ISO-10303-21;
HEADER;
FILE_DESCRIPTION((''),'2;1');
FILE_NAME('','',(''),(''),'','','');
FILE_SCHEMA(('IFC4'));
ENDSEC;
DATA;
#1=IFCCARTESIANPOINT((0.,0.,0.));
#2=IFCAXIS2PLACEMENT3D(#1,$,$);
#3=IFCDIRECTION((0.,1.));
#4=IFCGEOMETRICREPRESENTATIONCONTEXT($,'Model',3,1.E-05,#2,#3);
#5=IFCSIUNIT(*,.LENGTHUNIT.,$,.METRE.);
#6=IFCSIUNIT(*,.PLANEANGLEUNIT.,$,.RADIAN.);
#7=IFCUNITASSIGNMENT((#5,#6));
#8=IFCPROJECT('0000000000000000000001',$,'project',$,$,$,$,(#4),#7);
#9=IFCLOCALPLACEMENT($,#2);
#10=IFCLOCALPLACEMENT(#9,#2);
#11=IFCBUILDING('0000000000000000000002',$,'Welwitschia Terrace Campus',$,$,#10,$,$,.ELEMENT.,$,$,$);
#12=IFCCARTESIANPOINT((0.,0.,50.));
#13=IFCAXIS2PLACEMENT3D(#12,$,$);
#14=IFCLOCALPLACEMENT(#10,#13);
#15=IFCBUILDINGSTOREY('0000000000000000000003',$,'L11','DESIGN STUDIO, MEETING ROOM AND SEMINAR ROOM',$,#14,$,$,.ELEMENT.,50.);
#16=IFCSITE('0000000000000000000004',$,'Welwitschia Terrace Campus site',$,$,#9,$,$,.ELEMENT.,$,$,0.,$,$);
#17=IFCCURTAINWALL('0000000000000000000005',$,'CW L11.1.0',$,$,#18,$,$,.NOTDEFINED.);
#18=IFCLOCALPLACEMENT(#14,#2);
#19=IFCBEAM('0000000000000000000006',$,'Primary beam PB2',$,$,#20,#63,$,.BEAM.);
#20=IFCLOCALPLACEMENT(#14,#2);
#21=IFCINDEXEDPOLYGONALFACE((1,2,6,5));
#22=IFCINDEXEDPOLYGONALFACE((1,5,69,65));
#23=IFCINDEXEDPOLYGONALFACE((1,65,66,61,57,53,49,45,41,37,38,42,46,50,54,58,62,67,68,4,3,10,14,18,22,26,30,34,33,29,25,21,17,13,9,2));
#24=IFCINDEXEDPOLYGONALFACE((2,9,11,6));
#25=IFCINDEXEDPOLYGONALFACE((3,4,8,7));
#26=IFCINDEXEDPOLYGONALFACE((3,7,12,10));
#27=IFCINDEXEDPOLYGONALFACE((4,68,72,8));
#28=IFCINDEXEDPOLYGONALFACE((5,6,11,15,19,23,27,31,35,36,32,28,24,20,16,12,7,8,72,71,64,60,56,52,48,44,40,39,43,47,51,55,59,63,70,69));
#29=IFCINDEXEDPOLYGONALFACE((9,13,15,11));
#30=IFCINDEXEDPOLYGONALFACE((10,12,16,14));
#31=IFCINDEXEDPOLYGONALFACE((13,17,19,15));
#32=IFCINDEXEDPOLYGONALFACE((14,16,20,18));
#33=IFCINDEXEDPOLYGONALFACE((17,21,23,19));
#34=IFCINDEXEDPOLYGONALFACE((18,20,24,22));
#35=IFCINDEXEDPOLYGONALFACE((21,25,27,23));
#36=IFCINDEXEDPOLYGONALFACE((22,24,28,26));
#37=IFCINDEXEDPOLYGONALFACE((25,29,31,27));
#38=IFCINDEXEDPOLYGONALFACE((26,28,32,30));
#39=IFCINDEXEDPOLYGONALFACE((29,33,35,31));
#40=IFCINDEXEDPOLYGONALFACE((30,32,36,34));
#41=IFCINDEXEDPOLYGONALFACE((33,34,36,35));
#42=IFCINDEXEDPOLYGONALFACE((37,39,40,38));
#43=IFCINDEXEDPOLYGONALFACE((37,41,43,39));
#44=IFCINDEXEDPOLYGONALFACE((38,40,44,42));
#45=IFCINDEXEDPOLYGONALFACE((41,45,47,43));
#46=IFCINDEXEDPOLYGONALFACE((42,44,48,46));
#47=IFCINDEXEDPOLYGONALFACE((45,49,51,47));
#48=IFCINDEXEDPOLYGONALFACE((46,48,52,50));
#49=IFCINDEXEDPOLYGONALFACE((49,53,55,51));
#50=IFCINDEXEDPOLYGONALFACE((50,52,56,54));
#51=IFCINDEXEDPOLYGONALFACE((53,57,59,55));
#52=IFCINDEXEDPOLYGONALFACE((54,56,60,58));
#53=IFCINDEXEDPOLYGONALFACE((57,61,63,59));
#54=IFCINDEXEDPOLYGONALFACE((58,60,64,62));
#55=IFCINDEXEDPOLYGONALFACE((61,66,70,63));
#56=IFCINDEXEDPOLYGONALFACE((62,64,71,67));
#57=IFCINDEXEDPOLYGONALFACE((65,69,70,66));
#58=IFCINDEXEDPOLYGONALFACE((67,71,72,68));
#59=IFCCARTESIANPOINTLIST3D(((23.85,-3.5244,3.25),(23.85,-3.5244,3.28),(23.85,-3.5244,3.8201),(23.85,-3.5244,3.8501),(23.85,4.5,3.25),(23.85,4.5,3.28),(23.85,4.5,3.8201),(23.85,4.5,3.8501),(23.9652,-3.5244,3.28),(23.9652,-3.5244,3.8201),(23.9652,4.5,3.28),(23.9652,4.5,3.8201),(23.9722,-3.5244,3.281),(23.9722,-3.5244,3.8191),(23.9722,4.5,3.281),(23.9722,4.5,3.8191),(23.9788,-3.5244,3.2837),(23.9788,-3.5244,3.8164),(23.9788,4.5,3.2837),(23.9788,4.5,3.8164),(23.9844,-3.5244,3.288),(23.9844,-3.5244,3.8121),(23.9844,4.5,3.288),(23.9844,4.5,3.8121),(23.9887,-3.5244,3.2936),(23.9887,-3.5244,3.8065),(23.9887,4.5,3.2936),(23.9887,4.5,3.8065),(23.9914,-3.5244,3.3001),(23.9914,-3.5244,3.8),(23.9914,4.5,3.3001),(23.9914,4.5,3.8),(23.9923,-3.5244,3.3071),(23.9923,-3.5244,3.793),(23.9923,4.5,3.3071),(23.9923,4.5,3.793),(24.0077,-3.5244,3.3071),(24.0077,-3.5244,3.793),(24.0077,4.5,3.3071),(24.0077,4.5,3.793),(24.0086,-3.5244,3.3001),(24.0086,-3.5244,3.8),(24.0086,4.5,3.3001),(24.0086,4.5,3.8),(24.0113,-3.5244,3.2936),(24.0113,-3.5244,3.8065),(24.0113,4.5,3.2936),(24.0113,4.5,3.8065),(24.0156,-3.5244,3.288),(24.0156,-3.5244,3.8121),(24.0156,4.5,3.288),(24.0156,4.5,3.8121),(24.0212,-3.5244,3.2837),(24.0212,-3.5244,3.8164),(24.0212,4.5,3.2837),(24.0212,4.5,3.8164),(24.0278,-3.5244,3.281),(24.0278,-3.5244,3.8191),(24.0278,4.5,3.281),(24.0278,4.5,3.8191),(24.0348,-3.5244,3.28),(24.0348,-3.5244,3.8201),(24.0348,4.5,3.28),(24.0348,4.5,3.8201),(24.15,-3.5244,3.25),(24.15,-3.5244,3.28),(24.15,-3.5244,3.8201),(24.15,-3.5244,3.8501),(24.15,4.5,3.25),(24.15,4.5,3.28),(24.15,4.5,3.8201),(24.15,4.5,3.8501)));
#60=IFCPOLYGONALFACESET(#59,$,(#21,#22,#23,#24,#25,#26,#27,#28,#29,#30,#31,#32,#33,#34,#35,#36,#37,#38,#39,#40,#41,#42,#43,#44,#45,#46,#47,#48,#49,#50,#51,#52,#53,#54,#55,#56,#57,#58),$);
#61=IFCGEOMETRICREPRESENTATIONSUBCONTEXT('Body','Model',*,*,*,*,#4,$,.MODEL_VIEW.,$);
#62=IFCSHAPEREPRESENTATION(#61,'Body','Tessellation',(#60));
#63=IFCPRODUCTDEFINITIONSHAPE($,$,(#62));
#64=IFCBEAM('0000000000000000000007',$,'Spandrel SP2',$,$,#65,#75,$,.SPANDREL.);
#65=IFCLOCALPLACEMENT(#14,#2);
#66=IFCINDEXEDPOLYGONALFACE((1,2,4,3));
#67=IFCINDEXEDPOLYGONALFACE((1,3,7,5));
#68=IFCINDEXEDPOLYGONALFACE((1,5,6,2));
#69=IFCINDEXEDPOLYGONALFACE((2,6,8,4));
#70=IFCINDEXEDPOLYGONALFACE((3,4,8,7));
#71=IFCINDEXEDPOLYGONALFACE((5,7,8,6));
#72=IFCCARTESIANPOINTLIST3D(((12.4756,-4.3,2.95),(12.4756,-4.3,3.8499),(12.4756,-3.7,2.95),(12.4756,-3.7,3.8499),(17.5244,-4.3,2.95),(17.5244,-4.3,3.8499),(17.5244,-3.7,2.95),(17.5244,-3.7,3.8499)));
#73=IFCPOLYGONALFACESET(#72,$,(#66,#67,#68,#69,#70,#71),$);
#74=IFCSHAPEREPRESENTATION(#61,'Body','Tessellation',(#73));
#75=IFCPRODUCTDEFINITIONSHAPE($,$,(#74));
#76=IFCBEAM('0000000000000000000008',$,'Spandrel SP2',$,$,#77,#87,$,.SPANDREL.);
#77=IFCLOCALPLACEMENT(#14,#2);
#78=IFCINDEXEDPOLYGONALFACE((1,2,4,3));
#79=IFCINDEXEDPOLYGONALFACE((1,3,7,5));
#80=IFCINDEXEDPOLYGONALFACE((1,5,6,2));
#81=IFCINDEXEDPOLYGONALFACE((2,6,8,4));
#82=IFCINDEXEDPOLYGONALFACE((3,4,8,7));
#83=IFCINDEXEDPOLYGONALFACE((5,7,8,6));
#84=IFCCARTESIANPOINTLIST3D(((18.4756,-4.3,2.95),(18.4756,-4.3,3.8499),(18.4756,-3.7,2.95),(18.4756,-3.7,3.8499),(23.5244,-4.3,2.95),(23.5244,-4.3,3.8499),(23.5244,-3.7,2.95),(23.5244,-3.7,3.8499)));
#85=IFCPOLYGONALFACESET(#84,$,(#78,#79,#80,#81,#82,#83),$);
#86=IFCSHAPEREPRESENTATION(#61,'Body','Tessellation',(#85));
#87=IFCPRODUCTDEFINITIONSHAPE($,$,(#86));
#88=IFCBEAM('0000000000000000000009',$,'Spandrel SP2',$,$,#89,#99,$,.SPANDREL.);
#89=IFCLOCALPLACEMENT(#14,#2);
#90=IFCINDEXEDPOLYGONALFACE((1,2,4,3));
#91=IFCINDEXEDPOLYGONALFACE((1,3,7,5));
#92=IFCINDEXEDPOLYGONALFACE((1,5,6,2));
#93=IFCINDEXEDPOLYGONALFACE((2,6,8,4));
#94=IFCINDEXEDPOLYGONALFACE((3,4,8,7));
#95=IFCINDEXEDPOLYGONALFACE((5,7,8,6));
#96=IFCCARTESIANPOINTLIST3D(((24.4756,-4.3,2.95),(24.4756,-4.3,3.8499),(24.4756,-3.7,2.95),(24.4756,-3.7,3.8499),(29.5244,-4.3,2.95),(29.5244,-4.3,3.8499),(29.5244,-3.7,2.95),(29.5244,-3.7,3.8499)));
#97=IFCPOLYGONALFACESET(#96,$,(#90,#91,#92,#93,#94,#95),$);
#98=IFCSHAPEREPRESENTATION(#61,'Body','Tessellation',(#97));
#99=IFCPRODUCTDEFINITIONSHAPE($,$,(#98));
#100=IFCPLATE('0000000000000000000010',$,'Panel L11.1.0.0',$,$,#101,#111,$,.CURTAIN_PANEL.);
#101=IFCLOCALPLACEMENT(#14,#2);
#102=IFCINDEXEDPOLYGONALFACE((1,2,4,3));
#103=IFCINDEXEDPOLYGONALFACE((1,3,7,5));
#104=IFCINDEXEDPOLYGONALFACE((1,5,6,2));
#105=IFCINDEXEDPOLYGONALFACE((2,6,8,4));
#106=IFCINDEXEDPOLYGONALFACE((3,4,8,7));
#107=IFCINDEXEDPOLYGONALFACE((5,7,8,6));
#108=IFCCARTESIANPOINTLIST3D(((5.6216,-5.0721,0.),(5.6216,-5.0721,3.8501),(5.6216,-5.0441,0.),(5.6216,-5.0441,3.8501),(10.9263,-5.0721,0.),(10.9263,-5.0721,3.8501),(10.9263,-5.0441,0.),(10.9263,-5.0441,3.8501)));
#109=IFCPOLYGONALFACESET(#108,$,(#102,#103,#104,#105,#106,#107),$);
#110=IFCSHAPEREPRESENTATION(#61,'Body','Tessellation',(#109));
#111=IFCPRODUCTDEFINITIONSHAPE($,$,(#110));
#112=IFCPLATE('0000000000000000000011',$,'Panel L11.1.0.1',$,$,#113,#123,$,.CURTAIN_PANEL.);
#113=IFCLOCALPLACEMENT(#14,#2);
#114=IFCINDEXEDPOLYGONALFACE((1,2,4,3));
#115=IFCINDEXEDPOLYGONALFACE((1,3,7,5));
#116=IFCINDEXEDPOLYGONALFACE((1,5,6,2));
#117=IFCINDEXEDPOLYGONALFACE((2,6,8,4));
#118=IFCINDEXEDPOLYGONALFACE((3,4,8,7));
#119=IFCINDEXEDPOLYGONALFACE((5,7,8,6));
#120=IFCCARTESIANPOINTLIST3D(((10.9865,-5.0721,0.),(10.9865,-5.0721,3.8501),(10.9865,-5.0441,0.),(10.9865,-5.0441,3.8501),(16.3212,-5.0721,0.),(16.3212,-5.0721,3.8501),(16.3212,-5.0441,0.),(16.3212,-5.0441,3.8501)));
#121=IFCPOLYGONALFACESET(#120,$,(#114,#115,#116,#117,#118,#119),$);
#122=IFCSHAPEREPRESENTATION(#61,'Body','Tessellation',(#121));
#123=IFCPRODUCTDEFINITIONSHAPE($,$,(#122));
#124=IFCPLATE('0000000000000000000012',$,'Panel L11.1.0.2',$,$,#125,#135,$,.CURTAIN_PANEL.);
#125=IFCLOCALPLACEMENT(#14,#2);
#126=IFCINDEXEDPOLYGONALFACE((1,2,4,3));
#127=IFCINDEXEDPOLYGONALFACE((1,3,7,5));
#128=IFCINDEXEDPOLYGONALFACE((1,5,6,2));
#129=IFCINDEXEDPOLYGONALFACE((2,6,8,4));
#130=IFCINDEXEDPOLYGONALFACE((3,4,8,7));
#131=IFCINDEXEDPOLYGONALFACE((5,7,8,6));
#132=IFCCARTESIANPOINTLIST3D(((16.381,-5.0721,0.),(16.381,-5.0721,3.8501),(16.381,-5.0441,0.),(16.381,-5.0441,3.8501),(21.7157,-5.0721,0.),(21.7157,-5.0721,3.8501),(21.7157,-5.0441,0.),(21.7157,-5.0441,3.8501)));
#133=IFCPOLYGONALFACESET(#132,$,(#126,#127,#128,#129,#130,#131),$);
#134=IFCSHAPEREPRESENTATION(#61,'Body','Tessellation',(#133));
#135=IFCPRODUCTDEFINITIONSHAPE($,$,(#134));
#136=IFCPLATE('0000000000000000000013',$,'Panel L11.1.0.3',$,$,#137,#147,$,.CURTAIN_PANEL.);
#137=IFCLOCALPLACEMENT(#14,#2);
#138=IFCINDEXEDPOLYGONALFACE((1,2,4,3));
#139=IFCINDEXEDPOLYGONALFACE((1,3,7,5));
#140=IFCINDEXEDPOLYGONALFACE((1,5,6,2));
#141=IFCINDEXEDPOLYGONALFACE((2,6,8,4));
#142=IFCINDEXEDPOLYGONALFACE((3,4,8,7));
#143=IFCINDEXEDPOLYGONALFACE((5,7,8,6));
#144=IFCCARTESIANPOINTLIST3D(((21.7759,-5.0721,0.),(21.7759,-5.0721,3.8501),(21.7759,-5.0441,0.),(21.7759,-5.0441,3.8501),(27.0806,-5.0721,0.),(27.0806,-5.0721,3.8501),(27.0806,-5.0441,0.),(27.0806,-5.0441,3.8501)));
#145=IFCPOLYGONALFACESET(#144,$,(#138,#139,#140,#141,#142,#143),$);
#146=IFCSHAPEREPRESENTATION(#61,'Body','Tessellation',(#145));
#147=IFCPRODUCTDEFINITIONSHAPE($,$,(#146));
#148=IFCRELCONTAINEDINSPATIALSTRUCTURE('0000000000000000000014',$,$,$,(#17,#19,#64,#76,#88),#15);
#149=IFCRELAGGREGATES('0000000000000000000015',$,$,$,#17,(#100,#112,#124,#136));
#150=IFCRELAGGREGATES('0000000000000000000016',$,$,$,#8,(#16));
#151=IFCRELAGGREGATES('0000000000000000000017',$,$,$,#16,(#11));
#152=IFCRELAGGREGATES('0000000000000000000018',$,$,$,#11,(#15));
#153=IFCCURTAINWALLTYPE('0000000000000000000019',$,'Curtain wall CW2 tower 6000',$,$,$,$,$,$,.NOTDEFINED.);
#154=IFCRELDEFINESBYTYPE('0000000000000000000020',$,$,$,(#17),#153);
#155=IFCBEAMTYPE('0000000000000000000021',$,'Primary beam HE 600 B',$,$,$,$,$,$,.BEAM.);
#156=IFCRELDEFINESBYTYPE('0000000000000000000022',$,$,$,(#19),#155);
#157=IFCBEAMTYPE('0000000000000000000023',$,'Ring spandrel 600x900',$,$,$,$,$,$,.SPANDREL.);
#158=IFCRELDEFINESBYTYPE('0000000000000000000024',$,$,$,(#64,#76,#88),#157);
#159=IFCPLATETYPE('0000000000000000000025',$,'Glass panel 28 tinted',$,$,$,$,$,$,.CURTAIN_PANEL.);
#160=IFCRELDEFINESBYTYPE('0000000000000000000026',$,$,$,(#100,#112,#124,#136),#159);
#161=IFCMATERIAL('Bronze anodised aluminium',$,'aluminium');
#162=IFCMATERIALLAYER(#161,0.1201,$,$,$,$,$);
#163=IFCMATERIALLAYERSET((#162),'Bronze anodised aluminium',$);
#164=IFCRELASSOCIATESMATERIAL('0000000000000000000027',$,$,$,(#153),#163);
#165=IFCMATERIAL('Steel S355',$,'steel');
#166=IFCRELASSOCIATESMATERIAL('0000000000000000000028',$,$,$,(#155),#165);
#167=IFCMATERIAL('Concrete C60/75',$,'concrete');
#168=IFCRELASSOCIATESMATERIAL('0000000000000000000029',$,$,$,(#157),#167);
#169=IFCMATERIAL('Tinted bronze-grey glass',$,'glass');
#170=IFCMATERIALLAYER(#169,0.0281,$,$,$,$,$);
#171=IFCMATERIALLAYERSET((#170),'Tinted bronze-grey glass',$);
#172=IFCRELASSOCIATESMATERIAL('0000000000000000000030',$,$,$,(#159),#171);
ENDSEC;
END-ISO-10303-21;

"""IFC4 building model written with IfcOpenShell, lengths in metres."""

from ifc_helpers import new_model, si_unit, direction, frame, origin, origin_2d, place, context, subcontext, project, spatial, rectangle, i_section, extrude, material, layer, layer_set, material_profile, profile_set, type_object, element, aggregate, save


model = new_model("IFC4")

# Units and contexts
model_context = context("Model", 3, precision=1e-05, world=origin(), true_north=direction((0.0, 1.0)))
body_context = subcontext(model_context, "Body", "Model", "MODEL_VIEW")
ifc_project = project(units=[si_unit("LENGTHUNIT", "METRE"), si_unit("PLANEANGLEUNIT", "RADIAN")], contexts=[model_context])

# Site, building, storey
site_placement = place(None, origin())
site = spatial("IfcSite", under=ifc_project, at=site_placement, Name="Welwitschia Terrace Campus site", CompositionType="ELEMENT", RefElevation=0.0)
building_placement = place(site_placement, origin())
building = spatial("IfcBuilding", under=site, at=building_placement, Name="Welwitschia Terrace Campus", CompositionType="ELEMENT")
storey_placement = place(building_placement, frame((0.0, 0.0, 50.0)))
storey = spatial("IfcBuildingStorey", under=building, at=storey_placement, Name="L11", Description="DESIGN STUDIO, MEETING ROOM AND SEMINAR ROOM", CompositionType="ELEMENT", Elevation=50.0)

# Curtain wall
ifc_material_1 = material(Name="Bronze anodised aluminium", Category="aluminium")
ifc_layer_1 = layer(ifc_material_1, 0.1201)
ifc_layer_set_1 = layer_set([ifc_layer_1], Name="Bronze anodised aluminium")
curtain_wall_type = type_object("IfcCurtainWallType", Name="Curtain wall CW2 tower 6000", PredefinedType="NOTDEFINED", material=ifc_layer_set_1)
curtain_wall_placement = place(storey_placement, origin())
curtain_wall = element("IfcCurtainWall", 1, at=curtain_wall_placement, inside=storey, type_object=curtain_wall_type, Name="CW L11.1.0", PredefinedType="NOTDEFINED")

# Beams
ifc_material_2 = material(Name="Steel S355", Category="steel")
ifc_material_profile_1 = material_profile(ifc_material_2, i_section(OverallWidth=0.3, OverallDepth=0.6001, WebThickness=0.0154, FlangeThickness=0.03, FilletRadius=0.0271, at=origin_2d()))
ifc_profile_set_1 = profile_set([ifc_material_profile_1], Name="Steel S355")
beam_type_1 = type_object("IfcBeamType", Name="Primary beam HE 600 B", PredefinedType="BEAM", material=ifc_profile_set_1)
for number, where, z_axis, x_axis, name in (
    (2, (24.0, -3.5244, 3.55), (0.0, 1.0, 0.0), (-1.0, 0.0, 0.0), "Primary beam PB2"),
):
    element("IfcBeam", number, at=place(storey_placement, frame(where, z_axis=z_axis, x_axis=x_axis)), inside=storey, type_object=beam_type_1, Name=name, PredefinedType="BEAM", context=body_context, shape_type="SweptSolid", body=[
        extrude(i_section(OverallWidth=0.3, OverallDepth=0.6001, WebThickness=0.0154, FlangeThickness=0.03, FilletRadius=0.0271, at=origin_2d()), origin(), (0.0, 0.0, 1.0), 8.0244),
    ])
ifc_material_3 = material(Name="Concrete C60/75", Category="concrete")
ifc_material_profile_2 = material_profile(ifc_material_3, rectangle(XDim=0.6001, YDim=0.8999, at=origin_2d()))
ifc_profile_set_2 = profile_set([ifc_material_profile_2], Name="Concrete C60/75")
beam_type_2 = type_object("IfcBeamType", Name="Ring spandrel 600x900", PredefinedType="SPANDREL", material=ifc_profile_set_2)
for number, where, z_axis, x_axis, name in (
    (3, (12.4756, -4.0, 3.3999), (1.0, 0.0, 0.0), (0.0, 1.0, 0.0), "Spandrel SP2"),
    (4, (18.4756, -4.0, 3.3999), (1.0, 0.0, 0.0), (0.0, 1.0, 0.0), "Spandrel SP2"),
    (5, (24.4756, -4.0, 3.3999), (1.0, 0.0, 0.0), (0.0, 1.0, 0.0), "Spandrel SP2"),
):
    element("IfcBeam", number, at=place(storey_placement, frame(where, z_axis=z_axis, x_axis=x_axis)), inside=storey, type_object=beam_type_2, Name=name, PredefinedType="SPANDREL", context=body_context, shape_type="SweptSolid", body=[
        extrude(rectangle(XDim=0.6001, YDim=0.8999, at=origin_2d()), origin(), (0.0, 0.0, 1.0), 5.0488),
    ])

# Plates
ifc_material_4 = material(Name="Tinted bronze-grey glass", Category="glass")
ifc_layer_2 = layer(ifc_material_4, 0.0281)
ifc_layer_set_2 = layer_set([ifc_layer_2], Name="Tinted bronze-grey glass")
plate_type = type_object("IfcPlateType", Name="Glass panel 28 tinted", PredefinedType="CURTAIN_PANEL", material=ifc_layer_set_2)
plate_1_placement = place(storey_placement, frame((8.2739, -5.0581, 0.0), z_axis=(0.0, 0.0, 1.0), x_axis=(1.0, 0.0, 0.0)))
plate_1 = element("IfcPlate", 6, at=plate_1_placement, type_object=plate_type, Name="Panel L11.1.0.0", PredefinedType="CURTAIN_PANEL", context=body_context, shape_type="SweptSolid", body=[
    extrude(rectangle(XDim=5.3047, YDim=0.0281, at=origin_2d()), origin(), (0.0, 0.0, 1.0), 3.8501),
])
plate_2_placement = place(storey_placement, frame((13.6538, -5.0581, 0.0), z_axis=(0.0, 0.0, 1.0), x_axis=(1.0, 0.0, 0.0)))
plate_2 = element("IfcPlate", 7, at=plate_2_placement, type_object=plate_type, Name="Panel L11.1.0.1", PredefinedType="CURTAIN_PANEL", context=body_context, shape_type="SweptSolid", body=[
    extrude(rectangle(XDim=5.3347, YDim=0.0281, at=origin_2d()), origin(), (0.0, 0.0, 1.0), 3.8501),
])
plate_3_placement = place(storey_placement, frame((19.0483, -5.0581, 0.0), z_axis=(0.0, 0.0, 1.0), x_axis=(1.0, 0.0, 0.0)))
plate_3 = element("IfcPlate", 8, at=plate_3_placement, type_object=plate_type, Name="Panel L11.1.0.2", PredefinedType="CURTAIN_PANEL", context=body_context, shape_type="SweptSolid", body=[
    extrude(rectangle(XDim=5.3347, YDim=0.0281, at=origin_2d()), origin(), (0.0, 0.0, 1.0), 3.8501),
])
plate_4_placement = place(storey_placement, frame((24.4282, -5.0581, 0.0), z_axis=(0.0, 0.0, 1.0), x_axis=(1.0, 0.0, 0.0)))
plate_4 = element("IfcPlate", 9, at=plate_4_placement, type_object=plate_type, Name="Panel L11.1.0.3", PredefinedType="CURTAIN_PANEL", context=body_context, shape_type="SweptSolid", body=[
    extrude(rectangle(XDim=5.3047, YDim=0.0281, at=origin_2d()), origin(), (0.0, 0.0, 1.0), 3.8501),
])
aggregate(curtain_wall, [plate_1, plate_2, plate_3, plate_4])

save(model, "model.ifc")
